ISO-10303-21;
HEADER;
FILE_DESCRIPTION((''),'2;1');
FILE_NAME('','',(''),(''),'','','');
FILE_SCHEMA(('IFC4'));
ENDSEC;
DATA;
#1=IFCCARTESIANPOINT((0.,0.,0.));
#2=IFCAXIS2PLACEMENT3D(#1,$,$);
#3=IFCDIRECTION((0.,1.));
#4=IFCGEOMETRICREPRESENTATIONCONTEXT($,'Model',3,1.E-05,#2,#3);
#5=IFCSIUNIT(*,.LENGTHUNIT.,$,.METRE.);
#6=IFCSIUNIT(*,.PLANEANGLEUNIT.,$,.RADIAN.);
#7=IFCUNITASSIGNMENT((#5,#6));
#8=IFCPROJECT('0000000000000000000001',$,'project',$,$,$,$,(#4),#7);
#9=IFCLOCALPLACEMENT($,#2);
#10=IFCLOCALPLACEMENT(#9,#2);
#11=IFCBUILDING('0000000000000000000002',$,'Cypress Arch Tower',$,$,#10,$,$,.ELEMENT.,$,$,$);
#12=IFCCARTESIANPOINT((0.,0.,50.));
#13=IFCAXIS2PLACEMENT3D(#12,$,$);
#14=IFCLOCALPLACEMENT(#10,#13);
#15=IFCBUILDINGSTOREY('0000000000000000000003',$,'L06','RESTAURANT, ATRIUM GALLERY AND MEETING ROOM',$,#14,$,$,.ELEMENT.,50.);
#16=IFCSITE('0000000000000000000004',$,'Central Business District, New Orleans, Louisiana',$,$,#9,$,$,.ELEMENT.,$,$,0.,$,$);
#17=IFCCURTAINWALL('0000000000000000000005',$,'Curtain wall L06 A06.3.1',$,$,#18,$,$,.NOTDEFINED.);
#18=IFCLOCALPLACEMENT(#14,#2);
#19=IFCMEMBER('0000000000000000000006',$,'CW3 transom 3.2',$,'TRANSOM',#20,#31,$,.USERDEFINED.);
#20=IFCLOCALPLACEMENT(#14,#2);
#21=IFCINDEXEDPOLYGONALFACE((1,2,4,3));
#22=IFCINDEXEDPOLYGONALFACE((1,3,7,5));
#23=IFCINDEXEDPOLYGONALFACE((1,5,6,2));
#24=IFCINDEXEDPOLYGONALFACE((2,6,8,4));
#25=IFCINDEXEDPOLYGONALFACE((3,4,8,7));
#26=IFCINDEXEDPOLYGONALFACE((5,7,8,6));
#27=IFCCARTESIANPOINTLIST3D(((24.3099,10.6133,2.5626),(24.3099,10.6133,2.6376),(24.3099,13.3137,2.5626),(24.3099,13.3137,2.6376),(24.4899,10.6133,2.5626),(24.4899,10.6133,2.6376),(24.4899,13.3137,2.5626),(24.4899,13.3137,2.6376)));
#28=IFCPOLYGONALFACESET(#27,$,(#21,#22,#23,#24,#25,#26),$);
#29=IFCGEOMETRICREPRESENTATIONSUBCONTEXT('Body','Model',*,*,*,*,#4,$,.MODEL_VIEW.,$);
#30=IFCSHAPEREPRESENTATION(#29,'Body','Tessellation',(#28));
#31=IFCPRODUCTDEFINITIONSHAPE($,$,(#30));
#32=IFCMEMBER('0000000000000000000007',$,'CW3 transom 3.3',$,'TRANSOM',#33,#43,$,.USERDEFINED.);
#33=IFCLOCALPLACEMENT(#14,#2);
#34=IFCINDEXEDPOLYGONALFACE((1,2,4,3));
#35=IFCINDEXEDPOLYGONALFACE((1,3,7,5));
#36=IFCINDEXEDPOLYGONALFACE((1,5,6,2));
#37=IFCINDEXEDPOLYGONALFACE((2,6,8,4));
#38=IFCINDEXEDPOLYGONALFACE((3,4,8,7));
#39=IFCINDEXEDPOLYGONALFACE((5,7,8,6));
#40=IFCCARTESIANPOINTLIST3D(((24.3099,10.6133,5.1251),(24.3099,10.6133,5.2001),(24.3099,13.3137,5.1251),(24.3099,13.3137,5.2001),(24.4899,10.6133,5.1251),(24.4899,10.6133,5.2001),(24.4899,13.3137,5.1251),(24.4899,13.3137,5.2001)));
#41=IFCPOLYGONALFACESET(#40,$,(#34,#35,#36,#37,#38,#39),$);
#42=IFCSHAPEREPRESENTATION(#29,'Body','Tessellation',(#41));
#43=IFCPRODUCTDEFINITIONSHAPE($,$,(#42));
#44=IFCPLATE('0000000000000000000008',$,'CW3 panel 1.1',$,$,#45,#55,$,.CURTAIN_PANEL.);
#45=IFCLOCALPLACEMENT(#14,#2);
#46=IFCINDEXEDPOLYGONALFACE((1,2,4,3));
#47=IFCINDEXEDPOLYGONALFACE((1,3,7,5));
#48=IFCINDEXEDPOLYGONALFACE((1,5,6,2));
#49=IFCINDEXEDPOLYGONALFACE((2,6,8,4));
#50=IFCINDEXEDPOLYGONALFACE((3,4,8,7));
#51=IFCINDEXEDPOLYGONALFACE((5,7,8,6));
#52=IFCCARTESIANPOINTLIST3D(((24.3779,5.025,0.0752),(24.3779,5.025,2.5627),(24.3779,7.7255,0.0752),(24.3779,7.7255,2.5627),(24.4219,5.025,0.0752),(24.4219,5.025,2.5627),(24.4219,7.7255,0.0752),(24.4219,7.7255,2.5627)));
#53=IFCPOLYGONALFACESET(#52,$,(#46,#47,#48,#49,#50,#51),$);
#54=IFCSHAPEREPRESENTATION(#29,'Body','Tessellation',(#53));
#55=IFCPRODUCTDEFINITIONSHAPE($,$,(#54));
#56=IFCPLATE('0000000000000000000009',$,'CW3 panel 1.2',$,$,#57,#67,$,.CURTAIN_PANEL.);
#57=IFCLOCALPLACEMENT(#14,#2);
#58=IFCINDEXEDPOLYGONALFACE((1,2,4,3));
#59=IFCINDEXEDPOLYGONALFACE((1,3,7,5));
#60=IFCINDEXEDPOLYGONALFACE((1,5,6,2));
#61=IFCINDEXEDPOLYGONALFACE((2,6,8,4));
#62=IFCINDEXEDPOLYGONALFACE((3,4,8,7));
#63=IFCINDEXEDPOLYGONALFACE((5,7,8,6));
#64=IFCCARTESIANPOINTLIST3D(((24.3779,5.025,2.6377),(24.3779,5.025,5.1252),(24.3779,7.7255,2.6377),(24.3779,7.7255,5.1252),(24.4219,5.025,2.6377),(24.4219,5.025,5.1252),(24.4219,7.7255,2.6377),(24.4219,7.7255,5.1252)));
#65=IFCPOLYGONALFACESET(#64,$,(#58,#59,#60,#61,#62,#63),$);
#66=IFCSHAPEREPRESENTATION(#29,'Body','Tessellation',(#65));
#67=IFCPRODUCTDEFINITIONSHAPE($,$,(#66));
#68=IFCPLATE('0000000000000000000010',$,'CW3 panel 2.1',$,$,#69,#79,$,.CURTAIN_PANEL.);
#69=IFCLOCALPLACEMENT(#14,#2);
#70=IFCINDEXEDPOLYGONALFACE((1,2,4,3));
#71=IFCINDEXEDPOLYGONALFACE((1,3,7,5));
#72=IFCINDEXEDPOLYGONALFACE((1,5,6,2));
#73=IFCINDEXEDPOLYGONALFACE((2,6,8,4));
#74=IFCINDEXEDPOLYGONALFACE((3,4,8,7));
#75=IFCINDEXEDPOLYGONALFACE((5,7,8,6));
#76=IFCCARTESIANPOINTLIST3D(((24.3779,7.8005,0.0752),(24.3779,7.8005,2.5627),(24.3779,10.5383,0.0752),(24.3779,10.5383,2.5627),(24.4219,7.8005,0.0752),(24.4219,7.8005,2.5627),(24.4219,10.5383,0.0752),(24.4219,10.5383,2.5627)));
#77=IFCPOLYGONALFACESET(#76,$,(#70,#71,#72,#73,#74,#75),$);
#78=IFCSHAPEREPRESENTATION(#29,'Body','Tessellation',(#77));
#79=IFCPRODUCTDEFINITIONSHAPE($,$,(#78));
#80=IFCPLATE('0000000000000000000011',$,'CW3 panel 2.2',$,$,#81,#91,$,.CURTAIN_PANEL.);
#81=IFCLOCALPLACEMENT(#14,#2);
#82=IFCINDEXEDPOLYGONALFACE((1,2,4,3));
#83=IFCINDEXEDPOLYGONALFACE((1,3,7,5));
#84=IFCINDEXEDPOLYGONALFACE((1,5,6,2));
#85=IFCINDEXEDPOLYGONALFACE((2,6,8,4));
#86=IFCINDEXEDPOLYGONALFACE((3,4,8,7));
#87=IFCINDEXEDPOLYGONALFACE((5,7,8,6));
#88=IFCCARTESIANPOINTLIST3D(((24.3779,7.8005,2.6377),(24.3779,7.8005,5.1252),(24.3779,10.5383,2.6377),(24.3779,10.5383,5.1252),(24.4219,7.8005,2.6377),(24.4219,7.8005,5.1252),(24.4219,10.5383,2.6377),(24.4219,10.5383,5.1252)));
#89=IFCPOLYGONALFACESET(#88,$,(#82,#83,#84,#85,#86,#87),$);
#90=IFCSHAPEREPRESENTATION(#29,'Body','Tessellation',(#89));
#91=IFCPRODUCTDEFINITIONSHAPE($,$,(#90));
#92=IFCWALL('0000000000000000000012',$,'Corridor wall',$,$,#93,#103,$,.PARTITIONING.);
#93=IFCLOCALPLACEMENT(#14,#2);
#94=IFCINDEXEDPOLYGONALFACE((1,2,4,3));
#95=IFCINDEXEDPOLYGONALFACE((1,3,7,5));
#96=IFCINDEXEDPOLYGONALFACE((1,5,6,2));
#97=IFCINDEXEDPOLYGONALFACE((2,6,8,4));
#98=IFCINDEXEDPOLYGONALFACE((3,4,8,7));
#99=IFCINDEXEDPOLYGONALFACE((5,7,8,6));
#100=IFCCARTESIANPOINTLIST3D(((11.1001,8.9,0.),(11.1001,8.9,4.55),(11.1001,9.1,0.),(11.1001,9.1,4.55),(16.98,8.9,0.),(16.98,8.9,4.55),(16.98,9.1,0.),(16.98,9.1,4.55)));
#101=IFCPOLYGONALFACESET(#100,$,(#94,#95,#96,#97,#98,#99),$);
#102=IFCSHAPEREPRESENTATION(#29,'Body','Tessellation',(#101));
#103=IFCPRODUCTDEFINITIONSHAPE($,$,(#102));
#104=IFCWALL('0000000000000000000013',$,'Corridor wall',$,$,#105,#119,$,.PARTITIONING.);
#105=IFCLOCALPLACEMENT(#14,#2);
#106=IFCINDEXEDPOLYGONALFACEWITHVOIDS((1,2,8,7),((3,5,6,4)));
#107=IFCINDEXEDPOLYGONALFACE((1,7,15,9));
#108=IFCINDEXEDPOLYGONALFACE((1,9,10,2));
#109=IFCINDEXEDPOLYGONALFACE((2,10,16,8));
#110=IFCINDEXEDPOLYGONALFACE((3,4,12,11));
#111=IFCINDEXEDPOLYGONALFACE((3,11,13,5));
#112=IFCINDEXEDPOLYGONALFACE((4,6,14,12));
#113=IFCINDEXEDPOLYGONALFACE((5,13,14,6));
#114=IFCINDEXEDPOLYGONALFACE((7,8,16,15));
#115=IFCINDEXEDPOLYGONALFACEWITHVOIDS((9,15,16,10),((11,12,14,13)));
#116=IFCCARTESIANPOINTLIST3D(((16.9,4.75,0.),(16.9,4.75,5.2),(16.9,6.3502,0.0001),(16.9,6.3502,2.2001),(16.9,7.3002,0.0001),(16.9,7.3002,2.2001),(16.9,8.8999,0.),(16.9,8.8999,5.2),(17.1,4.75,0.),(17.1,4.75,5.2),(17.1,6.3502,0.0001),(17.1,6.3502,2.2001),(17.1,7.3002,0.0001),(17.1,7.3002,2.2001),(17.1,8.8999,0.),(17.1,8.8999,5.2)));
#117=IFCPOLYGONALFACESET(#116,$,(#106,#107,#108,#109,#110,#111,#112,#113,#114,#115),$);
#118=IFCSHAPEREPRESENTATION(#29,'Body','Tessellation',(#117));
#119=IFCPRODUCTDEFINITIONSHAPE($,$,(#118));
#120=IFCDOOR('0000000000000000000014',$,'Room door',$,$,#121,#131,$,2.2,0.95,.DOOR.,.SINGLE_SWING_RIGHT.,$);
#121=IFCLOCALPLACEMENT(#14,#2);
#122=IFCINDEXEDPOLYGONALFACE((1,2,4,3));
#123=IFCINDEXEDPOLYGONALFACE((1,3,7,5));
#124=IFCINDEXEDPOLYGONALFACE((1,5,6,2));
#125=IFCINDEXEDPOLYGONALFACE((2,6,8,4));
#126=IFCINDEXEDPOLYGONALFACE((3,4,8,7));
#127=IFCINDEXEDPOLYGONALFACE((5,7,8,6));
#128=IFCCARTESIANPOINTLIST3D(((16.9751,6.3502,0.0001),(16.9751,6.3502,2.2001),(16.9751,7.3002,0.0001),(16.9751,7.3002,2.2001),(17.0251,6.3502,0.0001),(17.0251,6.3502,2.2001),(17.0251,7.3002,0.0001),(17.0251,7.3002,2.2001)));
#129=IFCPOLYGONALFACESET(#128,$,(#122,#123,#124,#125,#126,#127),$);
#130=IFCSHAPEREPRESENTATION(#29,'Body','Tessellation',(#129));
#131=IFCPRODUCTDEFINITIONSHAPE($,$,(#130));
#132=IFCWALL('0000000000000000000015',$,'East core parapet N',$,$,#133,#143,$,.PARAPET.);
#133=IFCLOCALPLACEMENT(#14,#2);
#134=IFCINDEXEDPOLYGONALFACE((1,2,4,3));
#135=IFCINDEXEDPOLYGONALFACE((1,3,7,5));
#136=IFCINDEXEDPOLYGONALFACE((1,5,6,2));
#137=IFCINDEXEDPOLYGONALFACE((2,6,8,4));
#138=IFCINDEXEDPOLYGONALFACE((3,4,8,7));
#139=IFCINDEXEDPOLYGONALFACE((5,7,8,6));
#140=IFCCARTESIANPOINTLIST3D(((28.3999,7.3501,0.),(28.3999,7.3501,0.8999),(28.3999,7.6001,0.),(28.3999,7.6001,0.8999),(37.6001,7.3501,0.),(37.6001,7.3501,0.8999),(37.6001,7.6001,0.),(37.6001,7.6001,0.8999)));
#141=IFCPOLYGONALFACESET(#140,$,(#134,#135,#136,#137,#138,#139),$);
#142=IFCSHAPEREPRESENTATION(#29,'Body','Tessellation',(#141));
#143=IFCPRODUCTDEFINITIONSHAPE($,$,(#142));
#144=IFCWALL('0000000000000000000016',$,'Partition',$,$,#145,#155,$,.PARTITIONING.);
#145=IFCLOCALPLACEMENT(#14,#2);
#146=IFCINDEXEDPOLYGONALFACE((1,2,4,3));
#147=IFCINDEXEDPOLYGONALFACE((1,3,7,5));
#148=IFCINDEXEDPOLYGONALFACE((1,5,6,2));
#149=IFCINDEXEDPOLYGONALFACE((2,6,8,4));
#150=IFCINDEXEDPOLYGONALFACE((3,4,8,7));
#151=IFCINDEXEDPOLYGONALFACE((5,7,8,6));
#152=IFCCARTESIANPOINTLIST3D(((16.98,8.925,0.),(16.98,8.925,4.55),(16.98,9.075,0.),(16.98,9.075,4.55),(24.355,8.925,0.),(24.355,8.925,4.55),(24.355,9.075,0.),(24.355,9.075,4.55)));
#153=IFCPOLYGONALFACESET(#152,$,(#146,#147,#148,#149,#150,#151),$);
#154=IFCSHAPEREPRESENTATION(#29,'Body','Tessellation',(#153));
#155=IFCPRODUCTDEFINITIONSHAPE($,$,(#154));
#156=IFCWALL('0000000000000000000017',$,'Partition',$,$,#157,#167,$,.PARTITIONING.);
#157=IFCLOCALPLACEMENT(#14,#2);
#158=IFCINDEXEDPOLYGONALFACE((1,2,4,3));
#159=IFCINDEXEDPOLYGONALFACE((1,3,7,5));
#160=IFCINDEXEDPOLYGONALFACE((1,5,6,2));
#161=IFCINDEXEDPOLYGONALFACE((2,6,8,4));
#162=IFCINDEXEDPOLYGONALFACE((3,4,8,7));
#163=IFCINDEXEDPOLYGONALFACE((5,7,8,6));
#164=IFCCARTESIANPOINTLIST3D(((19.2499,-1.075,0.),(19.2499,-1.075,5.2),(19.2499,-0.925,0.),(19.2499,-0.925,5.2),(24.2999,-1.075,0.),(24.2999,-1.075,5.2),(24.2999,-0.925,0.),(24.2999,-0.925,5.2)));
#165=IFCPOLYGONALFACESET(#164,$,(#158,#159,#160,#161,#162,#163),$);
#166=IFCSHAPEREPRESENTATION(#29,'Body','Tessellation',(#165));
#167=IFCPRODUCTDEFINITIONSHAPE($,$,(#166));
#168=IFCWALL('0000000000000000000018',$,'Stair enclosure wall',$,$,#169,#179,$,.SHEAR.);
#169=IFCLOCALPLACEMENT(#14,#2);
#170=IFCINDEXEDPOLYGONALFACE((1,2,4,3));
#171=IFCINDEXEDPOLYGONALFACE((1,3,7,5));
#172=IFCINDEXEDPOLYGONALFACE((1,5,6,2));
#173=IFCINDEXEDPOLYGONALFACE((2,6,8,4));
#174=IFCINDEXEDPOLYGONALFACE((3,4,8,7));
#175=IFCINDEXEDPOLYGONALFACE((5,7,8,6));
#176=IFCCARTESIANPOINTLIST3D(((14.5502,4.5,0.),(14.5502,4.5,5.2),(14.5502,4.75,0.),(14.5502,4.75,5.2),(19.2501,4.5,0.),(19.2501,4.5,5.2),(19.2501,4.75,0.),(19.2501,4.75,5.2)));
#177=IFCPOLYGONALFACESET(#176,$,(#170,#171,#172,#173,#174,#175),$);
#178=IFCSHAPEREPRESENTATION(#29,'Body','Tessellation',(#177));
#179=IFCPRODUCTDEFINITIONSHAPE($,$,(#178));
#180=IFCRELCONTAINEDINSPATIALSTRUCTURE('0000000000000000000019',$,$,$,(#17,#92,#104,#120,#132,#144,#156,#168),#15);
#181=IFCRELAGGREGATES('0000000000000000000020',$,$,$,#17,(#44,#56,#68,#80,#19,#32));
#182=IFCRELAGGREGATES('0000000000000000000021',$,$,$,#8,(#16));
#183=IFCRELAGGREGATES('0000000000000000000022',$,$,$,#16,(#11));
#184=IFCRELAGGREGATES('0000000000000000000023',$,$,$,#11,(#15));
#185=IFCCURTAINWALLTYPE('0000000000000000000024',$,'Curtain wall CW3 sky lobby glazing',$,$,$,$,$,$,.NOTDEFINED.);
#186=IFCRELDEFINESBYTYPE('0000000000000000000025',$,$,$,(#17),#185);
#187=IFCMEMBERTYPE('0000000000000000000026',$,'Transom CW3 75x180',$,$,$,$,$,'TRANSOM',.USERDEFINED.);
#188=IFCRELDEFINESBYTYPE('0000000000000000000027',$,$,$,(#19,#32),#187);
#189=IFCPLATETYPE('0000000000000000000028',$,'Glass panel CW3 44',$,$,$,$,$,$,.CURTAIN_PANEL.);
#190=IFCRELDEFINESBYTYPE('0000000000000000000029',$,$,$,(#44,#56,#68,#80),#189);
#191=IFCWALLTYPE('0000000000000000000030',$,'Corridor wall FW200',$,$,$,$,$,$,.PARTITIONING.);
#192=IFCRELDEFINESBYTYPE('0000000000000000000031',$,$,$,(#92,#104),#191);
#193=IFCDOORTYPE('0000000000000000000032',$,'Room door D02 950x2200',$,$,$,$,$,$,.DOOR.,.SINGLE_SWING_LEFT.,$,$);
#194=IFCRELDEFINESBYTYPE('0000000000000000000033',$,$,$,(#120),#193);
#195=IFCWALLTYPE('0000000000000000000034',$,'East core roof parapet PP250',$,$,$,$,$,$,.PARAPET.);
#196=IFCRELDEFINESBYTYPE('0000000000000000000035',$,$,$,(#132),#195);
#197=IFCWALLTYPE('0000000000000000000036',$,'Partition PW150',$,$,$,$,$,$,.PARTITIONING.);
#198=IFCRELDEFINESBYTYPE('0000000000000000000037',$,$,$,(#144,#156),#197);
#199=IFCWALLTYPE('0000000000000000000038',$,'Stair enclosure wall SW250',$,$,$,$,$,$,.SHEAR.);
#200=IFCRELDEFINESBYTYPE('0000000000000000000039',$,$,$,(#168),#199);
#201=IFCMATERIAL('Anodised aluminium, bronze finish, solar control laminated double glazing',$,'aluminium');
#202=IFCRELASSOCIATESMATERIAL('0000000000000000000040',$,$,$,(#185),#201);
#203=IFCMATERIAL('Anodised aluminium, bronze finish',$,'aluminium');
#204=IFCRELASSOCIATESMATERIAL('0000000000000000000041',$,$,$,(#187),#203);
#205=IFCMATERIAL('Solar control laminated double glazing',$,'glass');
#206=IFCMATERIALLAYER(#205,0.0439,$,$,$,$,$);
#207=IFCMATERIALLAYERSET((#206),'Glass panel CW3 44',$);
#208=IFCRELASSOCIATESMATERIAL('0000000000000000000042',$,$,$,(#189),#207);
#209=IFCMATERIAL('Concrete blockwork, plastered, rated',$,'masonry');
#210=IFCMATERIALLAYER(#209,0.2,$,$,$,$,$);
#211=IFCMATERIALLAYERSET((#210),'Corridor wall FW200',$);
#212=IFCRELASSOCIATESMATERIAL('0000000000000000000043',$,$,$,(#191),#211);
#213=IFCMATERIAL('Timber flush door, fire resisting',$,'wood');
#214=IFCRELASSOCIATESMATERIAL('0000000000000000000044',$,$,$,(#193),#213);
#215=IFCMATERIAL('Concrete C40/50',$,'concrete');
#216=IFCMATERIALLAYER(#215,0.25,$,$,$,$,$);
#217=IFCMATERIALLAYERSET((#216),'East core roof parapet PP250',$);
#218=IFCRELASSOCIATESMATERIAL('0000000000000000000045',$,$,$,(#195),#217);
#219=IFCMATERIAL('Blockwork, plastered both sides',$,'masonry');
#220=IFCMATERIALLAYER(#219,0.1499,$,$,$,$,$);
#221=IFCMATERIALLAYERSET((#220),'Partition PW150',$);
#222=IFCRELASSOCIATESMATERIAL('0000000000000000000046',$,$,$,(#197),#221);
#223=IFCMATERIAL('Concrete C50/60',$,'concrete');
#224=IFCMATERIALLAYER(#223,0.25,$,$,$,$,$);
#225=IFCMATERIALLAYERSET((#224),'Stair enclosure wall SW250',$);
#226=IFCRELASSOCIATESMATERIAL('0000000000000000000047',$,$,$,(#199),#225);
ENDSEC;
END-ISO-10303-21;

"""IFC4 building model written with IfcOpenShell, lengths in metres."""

from ifc_helpers import new_model, si_unit, direction, frame, frame_2d, origin, origin_2d, place, context, subcontext, project, spatial, rectangle, extrude, material, layer, layer_set, material_profile, profile_set, type_object, element, fill, aggregate, save


model = new_model("IFC4")

# Units and contexts
model_context = context("Model", 3, precision=1e-05, world=origin(), true_north=direction((0.0, 1.0)))
body_context = subcontext(model_context, "Body", "Model", "MODEL_VIEW")
ifc_project = project(units=[si_unit("LENGTHUNIT", "METRE"), si_unit("PLANEANGLEUNIT", "RADIAN")], contexts=[model_context])

# Site, building, storey
site_placement = place(None, origin())
site = spatial("IfcSite", under=ifc_project, at=site_placement, Name="Central Business District, New Orleans, Louisiana", CompositionType="ELEMENT", RefElevation=0.0)
building_placement = place(site_placement, origin())
building = spatial("IfcBuilding", under=site, at=building_placement, Name="Cypress Arch Tower", CompositionType="ELEMENT")
storey_placement = place(building_placement, frame((0.0, 0.0, 50.0)))
storey = spatial("IfcBuildingStorey", under=building, at=storey_placement, Name="L06", Description="RESTAURANT, ATRIUM GALLERY AND MEETING ROOM", CompositionType="ELEMENT", Elevation=50.0)

# Curtain wall
ifc_material_1 = material(Name="Anodised aluminium, bronze finish, solar control laminated double glazing", Category="aluminium")
curtain_wall_type = type_object("IfcCurtainWallType", Name="Curtain wall CW3 sky lobby glazing", PredefinedType="NOTDEFINED", material=ifc_material_1)
curtain_wall_placement = place(storey_placement, origin())
curtain_wall = element("IfcCurtainWall", 1, at=curtain_wall_placement, inside=storey, type_object=curtain_wall_type, Name="Curtain wall L06 A06.3.1", PredefinedType="NOTDEFINED")

# Members
ifc_material_2 = material(Name="Anodised aluminium, bronze finish", Category="aluminium")
ifc_material_profile_1 = material_profile(ifc_material_2, rectangle(XDim=0.1799, YDim=0.075, at=origin_2d()), Name="Transom 75x180")
ifc_profile_set_1 = profile_set([ifc_material_profile_1], Name="Anodised aluminium, bronze finish")
member_type_1 = type_object("IfcMemberType", Name="Transom CW3 75x180", ElementType="TRANSOM", PredefinedType="USERDEFINED", material=ifc_profile_set_1)
member_1_placement = place(storey_placement, frame((24.3999, 10.6133, 2.6001), z_axis=(0.0, 1.0, 0.0), x_axis=(-1.0, 0.0, 0.0)))
member_1 = element("IfcMember", 2, at=member_1_placement, type_object=member_type_1, Name="CW3 transom 3.2", ObjectType="TRANSOM", PredefinedType="USERDEFINED", context=body_context, shape_type="SweptSolid", body=[
    extrude(rectangle(XDim=0.1799, YDim=0.075, at=origin_2d()), origin(), (0.0, 0.0, 1.0), 2.7004),
])
member_2_placement = place(storey_placement, frame((24.3999, 10.6133, 5.1626), z_axis=(0.0, 1.0, 0.0), x_axis=(-1.0, 0.0, 0.0)))
member_2 = element("IfcMember", 3, at=member_2_placement, type_object=member_type_1, Name="CW3 transom 3.3", ObjectType="TRANSOM", PredefinedType="USERDEFINED", context=body_context, shape_type="SweptSolid", body=[
    extrude(rectangle(XDim=0.1799, YDim=0.075, at=origin_2d()), origin(), (0.0, 0.0, 1.0), 2.7004),
])

# Plates
ifc_material_3 = material(Name="Solar control laminated double glazing", Category="glass")
ifc_layer_1 = layer(ifc_material_3, 0.0439)
ifc_layer_set_1 = layer_set([ifc_layer_1], Name="Glass panel CW3 44")
plate_type = type_object("IfcPlateType", Name="Glass panel CW3 44", PredefinedType="CURTAIN_PANEL", material=ifc_layer_set_1)
plate_1_placement = place(storey_placement, frame((24.3999, 6.3752, 0.0752), z_axis=(0.0, 0.0, 1.0), x_axis=(0.0, 1.0, 0.0)))
plate_1 = element("IfcPlate", 4, at=plate_1_placement, type_object=plate_type, Name="CW3 panel 1.1", PredefinedType="CURTAIN_PANEL", context=body_context, shape_type="SweptSolid", body=[
    extrude(rectangle(XDim=2.7004, YDim=0.0439, at=origin_2d()), origin(), (0.0, 0.0, 1.0), 2.4875),
])
plate_2_placement = place(storey_placement, frame((24.3999, 6.3752, 2.6377), z_axis=(0.0, 0.0, 1.0), x_axis=(0.0, 1.0, 0.0)))
plate_2 = element("IfcPlate", 5, at=plate_2_placement, type_object=plate_type, Name="CW3 panel 1.2", PredefinedType="CURTAIN_PANEL", context=body_context, shape_type="SweptSolid", body=[
    extrude(rectangle(XDim=2.7004, YDim=0.0439, at=origin_2d()), origin(), (0.0, 0.0, 1.0), 2.4875),
])
plate_3_placement = place(storey_placement, frame((24.3999, 9.1694, 0.0752), z_axis=(0.0, 0.0, 1.0), x_axis=(0.0, 1.0, 0.0)))
plate_3 = element("IfcPlate", 6, at=plate_3_placement, type_object=plate_type, Name="CW3 panel 2.1", PredefinedType="CURTAIN_PANEL", context=body_context, shape_type="SweptSolid", body=[
    extrude(rectangle(XDim=2.7378, YDim=0.0439, at=origin_2d()), origin(), (0.0, 0.0, 1.0), 2.4875),
])
plate_4_placement = place(storey_placement, frame((24.3999, 9.1694, 2.6377), z_axis=(0.0, 0.0, 1.0), x_axis=(0.0, 1.0, 0.0)))
plate_4 = element("IfcPlate", 7, at=plate_4_placement, type_object=plate_type, Name="CW3 panel 2.2", PredefinedType="CURTAIN_PANEL", context=body_context, shape_type="SweptSolid", body=[
    extrude(rectangle(XDim=2.7378, YDim=0.0439, at=origin_2d()), origin(), (0.0, 0.0, 1.0), 2.4875),
])
aggregate(curtain_wall, [plate_1, plate_2, plate_3, plate_4, member_1, member_2])

# Wall
ifc_material_4 = material(Name="Concrete blockwork, plastered, rated", Category="masonry")
ifc_layer_2 = layer(ifc_material_4, 0.2)
ifc_layer_set_2 = layer_set([ifc_layer_2], Name="Corridor wall FW200")
wall_type_1 = type_object("IfcWallType", Name="Corridor wall FW200", PredefinedType="PARTITIONING", material=ifc_layer_set_2)
wall_1_placement = place(storey_placement, frame((11.1001, 9.0, 0.0), z_axis=(0.0, 0.0, 1.0), x_axis=(1.0, 0.0, 0.0)))
element("IfcWall", 8, at=wall_1_placement, inside=storey, type_object=wall_type_1, Name="Corridor wall", PredefinedType="PARTITIONING", context=body_context, shape_type="SweptSolid", body=[
    extrude(rectangle(XDim=5.8799, YDim=0.2, at=frame_2d((2.9399, 0.0))), origin(), (0.0, 0.0, 1.0), 4.55),
])

# Wall, opening, door
wall_2_placement = place(storey_placement, frame((17.0, 4.75, 0.0), z_axis=(0.0, 0.0, 1.0), x_axis=(0.0, 1.0, 0.0)))
wall_2 = element("IfcWall", 9, at=wall_2_placement, inside=storey, type_object=wall_type_1, Name="Corridor wall", PredefinedType="PARTITIONING", context=body_context, shape_type="SweptSolid", body=[
    extrude(rectangle(XDim=4.1499, YDim=0.2, at=frame_2d((2.075, 0.0))), origin(), (0.0, 0.0, 1.0), 5.2),
])
opening_1_placement = place(wall_2_placement, frame((1.6001, 0.0, 0.0)))
opening_1 = element("IfcOpeningElement", 10, at=opening_1_placement, cuts=wall_2, PredefinedType="OPENING", context=body_context, shape_type="SweptSolid", body=[
    extrude(rectangle(XDim=0.95, YDim=2.2, at=frame_2d((0.4751, 1.1001))), frame((0.0, 0.1099, 0.0), z_axis=(0.0, -1.0, 0.0), x_axis=(1.0, 0.0, 0.0)), (0.0, 0.0, 1.0), 0.22),
])
ifc_material_5 = material(Name="Timber flush door, fire resisting", Category="wood")
door_type_1 = type_object("IfcDoorType", Name="Room door D02 950x2200", OperationType="SINGLE_SWING_LEFT", PredefinedType="DOOR", material=ifc_material_5)
door_1_placement = place(opening_1_placement, origin())
door_1 = element("IfcDoor", 11, at=door_1_placement, inside=storey, type_object=door_type_1, Name="Room door", OperationType="SINGLE_SWING_RIGHT", OverallHeight=2.2, OverallWidth=0.95, PredefinedType="DOOR", context=body_context, shape_type="SweptSolid", body=[
    extrude(rectangle(XDim=0.95, YDim=2.2, at=frame_2d((0.4751, 1.1001))), frame((0.0, 0.0249, 0.0), z_axis=(0.0, -1.0, 0.0), x_axis=(1.0, 0.0, 0.0)), (0.0, 0.0, 1.0), 0.05),
])
fill(opening_1, door_1)

# Walls
ifc_material_6 = material(Name="Concrete C40/50", Category="concrete")
ifc_layer_3 = layer(ifc_material_6, 0.25)
ifc_layer_set_3 = layer_set([ifc_layer_3], Name="East core roof parapet PP250")
wall_type_2 = type_object("IfcWallType", Name="East core roof parapet PP250", PredefinedType="PARAPET", material=ifc_layer_set_3)
wall_3_placement = place(storey_placement, frame((28.3999, 7.4751, 0.0), z_axis=(0.0, 0.0, 1.0), x_axis=(1.0, 0.0, 0.0)))
element("IfcWall", 12, at=wall_3_placement, inside=storey, type_object=wall_type_2, Name="East core parapet N", PredefinedType="PARAPET", context=body_context, shape_type="SweptSolid", body=[
    extrude(rectangle(XDim=9.2002, YDim=0.25, at=frame_2d((4.6001, 0.0))), origin(), (0.0, 0.0, 1.0), 0.8999),
])
ifc_material_7 = material(Name="Blockwork, plastered both sides", Category="masonry")
ifc_layer_4 = layer(ifc_material_7, 0.1499)
ifc_layer_set_4 = layer_set([ifc_layer_4], Name="Partition PW150")
wall_type_3 = type_object("IfcWallType", Name="Partition PW150", PredefinedType="PARTITIONING", material=ifc_layer_set_4)
wall_4_placement = place(storey_placement, frame((16.98, 9.0, 0.0), z_axis=(0.0, 0.0, 1.0), x_axis=(1.0, 0.0, 0.0)))
element("IfcWall", 13, at=wall_4_placement, inside=storey, type_object=wall_type_3, Name="Partition", PredefinedType="PARTITIONING", context=body_context, shape_type="SweptSolid", body=[
    extrude(rectangle(XDim=7.375, YDim=0.1499, at=frame_2d((3.6875, 0.0))), origin(), (0.0, 0.0, 1.0), 4.55),
])
wall_5_placement = place(storey_placement, frame((19.25, -1.0, 0.0), z_axis=(0.0, 0.0, 1.0), x_axis=(1.0, 0.0, 0.0)))
element("IfcWall", 14, at=wall_5_placement, inside=storey, type_object=wall_type_3, Name="Partition", PredefinedType="PARTITIONING", context=body_context, shape_type="SweptSolid", body=[
    extrude(rectangle(XDim=5.05, YDim=0.1499, at=frame_2d((2.5249, 0.0))), origin(), (0.0, 0.0, 1.0), 5.2),
])
ifc_material_8 = material(Name="Concrete C50/60", Category="concrete")
ifc_layer_5 = layer(ifc_material_8, 0.25)
ifc_layer_set_5 = layer_set([ifc_layer_5], Name="Stair enclosure wall SW250")
wall_type_4 = type_object("IfcWallType", Name="Stair enclosure wall SW250", PredefinedType="SHEAR", material=ifc_layer_set_5)
wall_6_placement = place(storey_placement, frame((14.55, 4.625, 0.0), z_axis=(0.0, 0.0, 1.0), x_axis=(1.0, 0.0, 0.0)))
element("IfcWall", 15, at=wall_6_placement, inside=storey, type_object=wall_type_4, Name="Stair enclosure wall", PredefinedType="SHEAR", context=body_context, shape_type="SweptSolid", body=[
    extrude(rectangle(XDim=4.7, YDim=0.25, at=frame_2d((2.3501, 0.0))), origin(), (0.0, 0.0, 1.0), 5.2),
])

save(model, "model.ifc")
